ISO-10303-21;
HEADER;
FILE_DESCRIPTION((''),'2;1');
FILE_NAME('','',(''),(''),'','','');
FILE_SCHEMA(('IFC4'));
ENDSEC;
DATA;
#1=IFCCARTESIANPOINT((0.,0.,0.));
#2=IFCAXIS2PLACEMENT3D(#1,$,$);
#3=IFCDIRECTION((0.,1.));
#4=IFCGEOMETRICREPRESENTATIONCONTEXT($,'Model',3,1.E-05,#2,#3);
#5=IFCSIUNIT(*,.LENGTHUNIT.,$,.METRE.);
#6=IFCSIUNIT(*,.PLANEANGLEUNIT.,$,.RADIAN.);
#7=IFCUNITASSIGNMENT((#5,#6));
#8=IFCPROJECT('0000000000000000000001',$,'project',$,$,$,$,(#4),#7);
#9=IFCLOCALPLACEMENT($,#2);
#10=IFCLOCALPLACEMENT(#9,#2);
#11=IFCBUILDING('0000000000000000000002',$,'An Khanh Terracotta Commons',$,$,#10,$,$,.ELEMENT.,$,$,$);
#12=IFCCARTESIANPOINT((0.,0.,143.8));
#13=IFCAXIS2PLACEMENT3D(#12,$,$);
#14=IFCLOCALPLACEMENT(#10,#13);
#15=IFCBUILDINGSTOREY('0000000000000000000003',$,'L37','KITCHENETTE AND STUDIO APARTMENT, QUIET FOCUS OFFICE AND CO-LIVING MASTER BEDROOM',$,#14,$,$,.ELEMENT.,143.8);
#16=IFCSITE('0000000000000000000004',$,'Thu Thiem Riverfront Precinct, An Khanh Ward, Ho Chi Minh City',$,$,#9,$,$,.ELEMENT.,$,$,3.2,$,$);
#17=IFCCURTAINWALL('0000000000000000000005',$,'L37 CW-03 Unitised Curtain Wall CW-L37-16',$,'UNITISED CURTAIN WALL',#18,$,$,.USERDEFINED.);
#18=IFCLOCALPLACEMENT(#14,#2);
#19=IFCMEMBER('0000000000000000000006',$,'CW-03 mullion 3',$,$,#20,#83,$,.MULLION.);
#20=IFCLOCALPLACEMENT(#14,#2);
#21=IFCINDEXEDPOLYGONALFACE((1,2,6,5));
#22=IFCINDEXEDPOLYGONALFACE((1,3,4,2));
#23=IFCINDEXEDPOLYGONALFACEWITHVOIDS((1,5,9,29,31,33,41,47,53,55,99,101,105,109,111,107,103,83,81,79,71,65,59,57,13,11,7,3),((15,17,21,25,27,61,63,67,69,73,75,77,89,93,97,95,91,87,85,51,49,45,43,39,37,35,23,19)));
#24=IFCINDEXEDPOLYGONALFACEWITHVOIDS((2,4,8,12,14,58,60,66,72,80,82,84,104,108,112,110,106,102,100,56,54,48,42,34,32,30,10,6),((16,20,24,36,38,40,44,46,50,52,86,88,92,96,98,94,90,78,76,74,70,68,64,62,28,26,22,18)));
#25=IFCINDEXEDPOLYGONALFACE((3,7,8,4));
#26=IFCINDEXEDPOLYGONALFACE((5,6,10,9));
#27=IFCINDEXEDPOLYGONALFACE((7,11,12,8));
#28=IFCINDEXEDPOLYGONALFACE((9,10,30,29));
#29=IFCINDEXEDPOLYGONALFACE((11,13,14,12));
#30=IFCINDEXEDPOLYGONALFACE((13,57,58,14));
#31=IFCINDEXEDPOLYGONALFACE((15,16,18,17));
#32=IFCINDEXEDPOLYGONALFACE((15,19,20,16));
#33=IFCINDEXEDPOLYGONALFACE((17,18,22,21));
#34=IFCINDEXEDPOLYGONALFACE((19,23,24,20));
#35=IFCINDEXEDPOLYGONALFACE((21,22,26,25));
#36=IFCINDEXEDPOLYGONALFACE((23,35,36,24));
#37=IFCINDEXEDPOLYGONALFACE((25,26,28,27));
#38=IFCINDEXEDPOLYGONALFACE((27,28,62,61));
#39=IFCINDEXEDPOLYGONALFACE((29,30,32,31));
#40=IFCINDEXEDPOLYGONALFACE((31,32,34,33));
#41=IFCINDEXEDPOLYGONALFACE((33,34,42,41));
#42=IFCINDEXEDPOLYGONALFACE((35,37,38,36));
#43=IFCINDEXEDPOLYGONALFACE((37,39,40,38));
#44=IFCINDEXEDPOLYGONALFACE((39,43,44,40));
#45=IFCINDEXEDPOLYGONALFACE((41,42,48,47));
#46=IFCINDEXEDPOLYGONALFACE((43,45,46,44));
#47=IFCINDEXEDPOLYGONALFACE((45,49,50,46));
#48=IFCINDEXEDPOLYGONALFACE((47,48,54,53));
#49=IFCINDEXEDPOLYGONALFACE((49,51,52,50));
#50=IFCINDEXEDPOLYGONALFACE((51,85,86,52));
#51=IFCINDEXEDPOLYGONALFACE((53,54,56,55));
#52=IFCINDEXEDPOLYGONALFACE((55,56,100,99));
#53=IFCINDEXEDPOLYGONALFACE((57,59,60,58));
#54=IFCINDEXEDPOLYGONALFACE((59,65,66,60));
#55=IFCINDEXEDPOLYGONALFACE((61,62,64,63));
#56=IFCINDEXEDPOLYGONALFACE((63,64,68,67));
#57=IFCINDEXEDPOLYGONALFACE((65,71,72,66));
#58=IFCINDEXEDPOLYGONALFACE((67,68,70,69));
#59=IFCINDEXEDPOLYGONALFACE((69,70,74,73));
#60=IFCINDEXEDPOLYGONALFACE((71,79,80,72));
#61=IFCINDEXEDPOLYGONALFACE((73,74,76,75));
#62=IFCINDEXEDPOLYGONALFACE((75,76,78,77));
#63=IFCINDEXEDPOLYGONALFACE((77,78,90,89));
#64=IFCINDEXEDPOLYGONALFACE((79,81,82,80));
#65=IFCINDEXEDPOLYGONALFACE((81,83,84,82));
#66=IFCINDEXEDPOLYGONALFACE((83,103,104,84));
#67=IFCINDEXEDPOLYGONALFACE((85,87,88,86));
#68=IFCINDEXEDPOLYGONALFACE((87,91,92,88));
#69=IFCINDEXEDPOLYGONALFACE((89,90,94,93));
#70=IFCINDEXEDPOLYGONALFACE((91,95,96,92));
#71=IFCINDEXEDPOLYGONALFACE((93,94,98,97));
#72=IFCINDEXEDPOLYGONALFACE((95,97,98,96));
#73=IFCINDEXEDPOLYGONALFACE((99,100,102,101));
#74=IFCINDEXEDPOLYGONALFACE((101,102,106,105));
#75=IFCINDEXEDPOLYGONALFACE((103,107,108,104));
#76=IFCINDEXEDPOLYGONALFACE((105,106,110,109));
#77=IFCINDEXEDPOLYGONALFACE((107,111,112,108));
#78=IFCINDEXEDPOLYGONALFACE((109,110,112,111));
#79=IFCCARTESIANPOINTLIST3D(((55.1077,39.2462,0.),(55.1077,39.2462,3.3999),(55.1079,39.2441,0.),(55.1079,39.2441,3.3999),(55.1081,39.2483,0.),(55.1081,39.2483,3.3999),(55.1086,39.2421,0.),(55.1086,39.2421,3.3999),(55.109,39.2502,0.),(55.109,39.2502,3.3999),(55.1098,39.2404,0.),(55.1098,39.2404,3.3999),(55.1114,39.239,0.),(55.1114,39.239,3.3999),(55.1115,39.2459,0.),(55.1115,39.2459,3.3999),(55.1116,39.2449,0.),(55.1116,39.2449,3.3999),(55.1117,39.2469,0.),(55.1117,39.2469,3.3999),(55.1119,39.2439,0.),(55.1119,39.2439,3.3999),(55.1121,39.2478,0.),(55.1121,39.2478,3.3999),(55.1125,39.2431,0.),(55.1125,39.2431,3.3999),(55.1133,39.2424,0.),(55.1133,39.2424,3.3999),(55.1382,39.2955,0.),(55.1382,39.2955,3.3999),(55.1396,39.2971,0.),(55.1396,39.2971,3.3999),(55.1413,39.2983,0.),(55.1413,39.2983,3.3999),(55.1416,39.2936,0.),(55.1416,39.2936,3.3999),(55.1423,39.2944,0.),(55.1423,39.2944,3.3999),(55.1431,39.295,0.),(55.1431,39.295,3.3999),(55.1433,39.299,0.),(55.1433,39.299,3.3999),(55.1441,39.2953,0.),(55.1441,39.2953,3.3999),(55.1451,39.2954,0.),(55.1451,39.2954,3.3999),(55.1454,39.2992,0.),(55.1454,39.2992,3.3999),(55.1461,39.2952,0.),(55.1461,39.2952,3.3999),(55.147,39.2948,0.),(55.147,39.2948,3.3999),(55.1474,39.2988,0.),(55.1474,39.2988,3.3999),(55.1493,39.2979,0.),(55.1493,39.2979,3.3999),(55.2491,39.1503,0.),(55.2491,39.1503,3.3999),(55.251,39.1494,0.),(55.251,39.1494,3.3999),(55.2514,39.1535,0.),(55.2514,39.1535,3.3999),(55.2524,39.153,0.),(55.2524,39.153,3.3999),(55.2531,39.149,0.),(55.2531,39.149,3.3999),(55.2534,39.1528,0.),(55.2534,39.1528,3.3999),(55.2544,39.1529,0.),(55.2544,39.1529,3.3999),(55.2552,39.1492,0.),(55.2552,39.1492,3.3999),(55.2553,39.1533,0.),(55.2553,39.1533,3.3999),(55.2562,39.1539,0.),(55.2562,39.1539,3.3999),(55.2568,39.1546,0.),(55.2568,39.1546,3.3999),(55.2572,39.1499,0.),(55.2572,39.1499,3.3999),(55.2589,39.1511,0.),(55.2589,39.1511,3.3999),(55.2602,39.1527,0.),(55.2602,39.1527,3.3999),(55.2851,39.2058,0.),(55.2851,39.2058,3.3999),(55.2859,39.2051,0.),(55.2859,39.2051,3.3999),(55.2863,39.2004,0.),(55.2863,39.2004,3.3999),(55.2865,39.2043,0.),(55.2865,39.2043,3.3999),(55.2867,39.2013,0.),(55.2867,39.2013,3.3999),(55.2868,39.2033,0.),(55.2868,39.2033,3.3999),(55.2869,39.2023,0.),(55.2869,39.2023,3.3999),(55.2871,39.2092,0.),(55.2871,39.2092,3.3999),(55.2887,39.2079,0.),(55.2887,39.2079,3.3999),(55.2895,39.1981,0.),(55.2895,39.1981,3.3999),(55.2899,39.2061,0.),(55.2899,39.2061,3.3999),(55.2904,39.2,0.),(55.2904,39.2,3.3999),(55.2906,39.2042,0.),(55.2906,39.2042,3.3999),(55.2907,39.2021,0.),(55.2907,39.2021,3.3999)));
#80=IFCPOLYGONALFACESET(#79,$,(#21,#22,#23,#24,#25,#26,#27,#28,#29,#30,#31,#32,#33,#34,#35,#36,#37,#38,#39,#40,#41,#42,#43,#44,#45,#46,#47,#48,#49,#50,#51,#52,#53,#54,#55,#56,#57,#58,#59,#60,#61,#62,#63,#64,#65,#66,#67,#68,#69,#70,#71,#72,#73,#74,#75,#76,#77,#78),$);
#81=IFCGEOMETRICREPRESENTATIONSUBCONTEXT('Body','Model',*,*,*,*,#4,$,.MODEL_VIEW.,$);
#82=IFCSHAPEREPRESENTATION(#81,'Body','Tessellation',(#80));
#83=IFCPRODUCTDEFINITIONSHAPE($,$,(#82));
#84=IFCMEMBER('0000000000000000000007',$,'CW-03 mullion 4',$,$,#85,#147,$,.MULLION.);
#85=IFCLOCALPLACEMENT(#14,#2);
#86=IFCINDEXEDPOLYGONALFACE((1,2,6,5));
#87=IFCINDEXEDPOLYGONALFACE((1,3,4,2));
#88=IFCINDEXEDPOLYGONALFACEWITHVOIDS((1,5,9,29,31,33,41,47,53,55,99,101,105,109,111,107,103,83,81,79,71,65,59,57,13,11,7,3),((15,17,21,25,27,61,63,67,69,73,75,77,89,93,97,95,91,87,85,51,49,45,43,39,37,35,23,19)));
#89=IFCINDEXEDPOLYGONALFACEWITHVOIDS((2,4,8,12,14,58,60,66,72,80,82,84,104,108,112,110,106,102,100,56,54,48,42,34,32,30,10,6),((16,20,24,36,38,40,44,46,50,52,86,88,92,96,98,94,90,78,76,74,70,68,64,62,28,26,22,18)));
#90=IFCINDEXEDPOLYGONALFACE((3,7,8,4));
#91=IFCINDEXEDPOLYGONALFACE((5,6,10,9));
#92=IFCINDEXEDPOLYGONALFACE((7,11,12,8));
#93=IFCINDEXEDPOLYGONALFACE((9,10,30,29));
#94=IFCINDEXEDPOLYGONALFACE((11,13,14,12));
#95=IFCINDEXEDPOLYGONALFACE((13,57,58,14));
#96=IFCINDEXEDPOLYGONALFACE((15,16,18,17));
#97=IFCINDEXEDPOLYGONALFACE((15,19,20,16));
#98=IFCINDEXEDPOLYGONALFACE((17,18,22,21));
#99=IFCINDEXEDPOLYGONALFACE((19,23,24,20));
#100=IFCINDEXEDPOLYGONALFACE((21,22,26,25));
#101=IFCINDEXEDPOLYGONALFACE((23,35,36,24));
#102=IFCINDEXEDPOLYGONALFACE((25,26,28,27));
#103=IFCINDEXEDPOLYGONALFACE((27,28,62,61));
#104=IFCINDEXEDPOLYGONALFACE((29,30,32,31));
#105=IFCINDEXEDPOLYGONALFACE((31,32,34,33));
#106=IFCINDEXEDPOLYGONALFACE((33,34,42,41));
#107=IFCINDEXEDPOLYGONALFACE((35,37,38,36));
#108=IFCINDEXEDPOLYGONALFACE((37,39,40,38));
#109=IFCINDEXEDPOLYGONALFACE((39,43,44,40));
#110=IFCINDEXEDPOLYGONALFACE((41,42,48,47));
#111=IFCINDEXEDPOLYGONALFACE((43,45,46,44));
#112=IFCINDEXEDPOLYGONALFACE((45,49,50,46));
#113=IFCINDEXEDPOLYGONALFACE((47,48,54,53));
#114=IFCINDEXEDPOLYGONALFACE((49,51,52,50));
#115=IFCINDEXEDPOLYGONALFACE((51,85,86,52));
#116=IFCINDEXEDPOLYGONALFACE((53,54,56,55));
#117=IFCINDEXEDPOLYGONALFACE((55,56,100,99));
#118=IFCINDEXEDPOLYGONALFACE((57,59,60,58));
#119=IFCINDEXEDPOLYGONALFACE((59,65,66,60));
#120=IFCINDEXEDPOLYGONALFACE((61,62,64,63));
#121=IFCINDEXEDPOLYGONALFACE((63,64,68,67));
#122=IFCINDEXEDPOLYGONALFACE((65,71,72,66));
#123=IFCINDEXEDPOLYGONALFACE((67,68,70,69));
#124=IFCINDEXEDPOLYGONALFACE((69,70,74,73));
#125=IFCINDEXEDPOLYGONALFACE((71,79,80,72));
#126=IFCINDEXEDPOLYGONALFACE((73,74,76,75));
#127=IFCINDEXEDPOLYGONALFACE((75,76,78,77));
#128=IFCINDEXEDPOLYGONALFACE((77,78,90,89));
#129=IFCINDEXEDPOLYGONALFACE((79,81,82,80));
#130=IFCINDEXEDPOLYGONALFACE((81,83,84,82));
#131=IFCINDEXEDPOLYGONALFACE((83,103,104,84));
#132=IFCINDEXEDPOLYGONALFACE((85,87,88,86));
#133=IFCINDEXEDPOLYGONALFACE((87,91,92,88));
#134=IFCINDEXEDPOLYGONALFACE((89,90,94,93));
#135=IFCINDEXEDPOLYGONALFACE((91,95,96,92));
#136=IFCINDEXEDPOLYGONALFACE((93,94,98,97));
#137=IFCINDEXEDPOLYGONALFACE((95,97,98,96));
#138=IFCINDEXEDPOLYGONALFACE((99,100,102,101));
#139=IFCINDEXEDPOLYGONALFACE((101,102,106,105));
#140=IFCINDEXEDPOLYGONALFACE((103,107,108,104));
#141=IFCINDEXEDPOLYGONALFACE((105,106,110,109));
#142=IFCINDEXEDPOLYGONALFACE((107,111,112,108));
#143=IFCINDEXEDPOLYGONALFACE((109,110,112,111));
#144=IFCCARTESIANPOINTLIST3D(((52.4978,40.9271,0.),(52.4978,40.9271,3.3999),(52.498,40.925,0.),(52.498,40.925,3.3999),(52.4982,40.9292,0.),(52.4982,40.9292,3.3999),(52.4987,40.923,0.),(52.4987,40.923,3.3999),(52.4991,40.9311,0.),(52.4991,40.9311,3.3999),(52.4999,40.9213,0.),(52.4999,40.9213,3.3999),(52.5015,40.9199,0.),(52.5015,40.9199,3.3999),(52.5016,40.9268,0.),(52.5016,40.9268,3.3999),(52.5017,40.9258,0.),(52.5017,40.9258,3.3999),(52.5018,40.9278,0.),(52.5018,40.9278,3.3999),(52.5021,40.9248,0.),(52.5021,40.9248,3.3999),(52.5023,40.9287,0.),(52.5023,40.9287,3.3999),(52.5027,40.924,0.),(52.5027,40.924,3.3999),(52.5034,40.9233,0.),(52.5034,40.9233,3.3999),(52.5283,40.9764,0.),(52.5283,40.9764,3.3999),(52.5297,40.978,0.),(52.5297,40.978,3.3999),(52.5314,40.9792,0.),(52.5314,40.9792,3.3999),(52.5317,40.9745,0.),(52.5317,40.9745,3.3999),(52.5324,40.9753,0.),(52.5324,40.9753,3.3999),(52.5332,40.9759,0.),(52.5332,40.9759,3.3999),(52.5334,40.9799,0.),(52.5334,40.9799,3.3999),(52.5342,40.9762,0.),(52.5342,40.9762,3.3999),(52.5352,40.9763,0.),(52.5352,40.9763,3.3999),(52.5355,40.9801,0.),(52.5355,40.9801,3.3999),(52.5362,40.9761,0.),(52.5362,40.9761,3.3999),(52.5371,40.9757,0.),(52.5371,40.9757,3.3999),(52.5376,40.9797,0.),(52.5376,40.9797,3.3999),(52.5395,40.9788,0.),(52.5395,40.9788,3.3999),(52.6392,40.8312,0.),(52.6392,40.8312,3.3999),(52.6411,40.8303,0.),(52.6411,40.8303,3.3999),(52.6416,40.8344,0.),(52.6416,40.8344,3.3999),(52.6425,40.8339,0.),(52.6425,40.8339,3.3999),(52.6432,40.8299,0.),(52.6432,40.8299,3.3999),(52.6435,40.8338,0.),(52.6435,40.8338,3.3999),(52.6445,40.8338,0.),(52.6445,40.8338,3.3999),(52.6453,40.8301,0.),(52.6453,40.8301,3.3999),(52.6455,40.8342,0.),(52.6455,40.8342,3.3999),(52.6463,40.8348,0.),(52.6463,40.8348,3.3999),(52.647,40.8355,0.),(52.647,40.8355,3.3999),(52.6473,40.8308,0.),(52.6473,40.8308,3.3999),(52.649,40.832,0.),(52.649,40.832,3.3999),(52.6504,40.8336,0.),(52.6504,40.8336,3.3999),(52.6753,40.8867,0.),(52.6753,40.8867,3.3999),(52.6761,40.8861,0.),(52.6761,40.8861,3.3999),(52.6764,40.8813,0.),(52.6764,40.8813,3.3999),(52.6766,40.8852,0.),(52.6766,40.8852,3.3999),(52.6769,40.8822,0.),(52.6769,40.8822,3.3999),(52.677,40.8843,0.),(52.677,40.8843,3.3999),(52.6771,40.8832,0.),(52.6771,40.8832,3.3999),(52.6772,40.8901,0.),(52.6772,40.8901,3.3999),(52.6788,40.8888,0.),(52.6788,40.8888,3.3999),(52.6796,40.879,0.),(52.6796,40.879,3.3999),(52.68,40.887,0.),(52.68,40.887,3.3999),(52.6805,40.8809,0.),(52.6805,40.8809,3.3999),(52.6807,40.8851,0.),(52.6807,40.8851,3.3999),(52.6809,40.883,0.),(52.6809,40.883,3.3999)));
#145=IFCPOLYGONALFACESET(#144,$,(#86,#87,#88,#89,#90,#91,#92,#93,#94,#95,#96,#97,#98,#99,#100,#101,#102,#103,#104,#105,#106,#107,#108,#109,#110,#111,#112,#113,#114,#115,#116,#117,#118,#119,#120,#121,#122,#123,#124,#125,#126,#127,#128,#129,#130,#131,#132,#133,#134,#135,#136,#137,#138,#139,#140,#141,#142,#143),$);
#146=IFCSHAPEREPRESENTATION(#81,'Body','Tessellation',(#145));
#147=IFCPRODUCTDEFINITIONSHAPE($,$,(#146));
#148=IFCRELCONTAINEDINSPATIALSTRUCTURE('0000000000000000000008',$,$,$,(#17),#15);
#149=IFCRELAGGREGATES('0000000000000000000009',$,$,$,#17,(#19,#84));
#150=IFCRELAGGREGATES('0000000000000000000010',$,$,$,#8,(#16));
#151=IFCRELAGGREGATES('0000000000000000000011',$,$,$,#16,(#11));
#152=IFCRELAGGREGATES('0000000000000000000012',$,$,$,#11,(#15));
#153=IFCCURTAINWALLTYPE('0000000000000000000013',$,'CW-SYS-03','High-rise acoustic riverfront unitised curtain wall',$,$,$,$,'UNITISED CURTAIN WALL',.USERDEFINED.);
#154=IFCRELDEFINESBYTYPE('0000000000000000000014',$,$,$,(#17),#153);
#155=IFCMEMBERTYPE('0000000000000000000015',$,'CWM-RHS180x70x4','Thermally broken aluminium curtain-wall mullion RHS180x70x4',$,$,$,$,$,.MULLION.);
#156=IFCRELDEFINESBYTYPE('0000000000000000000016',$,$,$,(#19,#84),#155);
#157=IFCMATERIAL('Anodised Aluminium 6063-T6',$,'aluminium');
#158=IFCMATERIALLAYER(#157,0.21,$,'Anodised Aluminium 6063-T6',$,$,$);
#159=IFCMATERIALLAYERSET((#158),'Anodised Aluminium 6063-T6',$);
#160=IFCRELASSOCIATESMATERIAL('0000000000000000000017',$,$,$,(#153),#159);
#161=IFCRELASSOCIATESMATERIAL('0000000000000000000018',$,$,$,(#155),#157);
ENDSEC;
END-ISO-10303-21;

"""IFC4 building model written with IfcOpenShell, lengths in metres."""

from ifc_helpers import new_model, si_unit, direction, frame, origin, origin_2d, place, context, subcontext, project, spatial, hollow_rectangle, extrude, material, layer, layer_set, material_profile, profile_set, type_object, element, aggregate, save


model = new_model("IFC4")

# Units and contexts
model_context = context("Model", 3, precision=1e-05, world=origin(), true_north=direction((0.0, 1.0)))
body_context = subcontext(model_context, "Body", "Model", "MODEL_VIEW")
ifc_project = project(units=[si_unit("LENGTHUNIT", "METRE"), si_unit("PLANEANGLEUNIT", "RADIAN")], contexts=[model_context])

# Site, building, storey
site_placement = place(None, origin())
site = spatial("IfcSite", under=ifc_project, at=site_placement, Name="Thu Thiem Riverfront Precinct, An Khanh Ward, Ho Chi Minh City", CompositionType="ELEMENT", RefElevation=3.2)
building_placement = place(site_placement, origin())
building = spatial("IfcBuilding", under=site, at=building_placement, Name="An Khanh Terracotta Commons", CompositionType="ELEMENT")
storey_placement = place(building_placement, frame((0.0, 0.0, 143.8)))
storey = spatial("IfcBuildingStorey", under=building, at=storey_placement, Name="L37", Description="KITCHENETTE AND STUDIO APARTMENT, QUIET FOCUS OFFICE AND CO-LIVING MASTER BEDROOM", CompositionType="ELEMENT", Elevation=143.8)

# Curtain wall, members
ifc_material_1 = material(Name="Anodised Aluminium 6063-T6", Category="aluminium")
ifc_layer_1 = layer(ifc_material_1, 0.21, Name="Anodised Aluminium 6063-T6")
ifc_layer_set_1 = layer_set([ifc_layer_1], Name="Anodised Aluminium 6063-T6")
curtain_wall_type = type_object("IfcCurtainWallType", Name="CW-SYS-03", Description="High-rise acoustic riverfront unitised curtain wall", ElementType="UNITISED CURTAIN WALL", PredefinedType="USERDEFINED", material=ifc_layer_set_1)
curtain_wall_placement = place(storey_placement, origin())
curtain_wall = element("IfcCurtainWall", 1, at=curtain_wall_placement, inside=storey, type_object=curtain_wall_type, Name="L37 CW-03 Unitised Curtain Wall CW-L37-16", ObjectType="UNITISED CURTAIN WALL", PredefinedType="USERDEFINED")
ifc_material_profile_1 = material_profile(ifc_material_1, hollow_rectangle(XDim=0.0701, YDim=0.1799, WallThickness=0.0039, InnerFilletRadius=0.0039, OuterFilletRadius=0.0081, at=origin_2d()), Name="RHS180x70x4")
ifc_profile_set_1 = profile_set([ifc_material_profile_1], Name="Anodised Aluminium 6063-T6")
member_type_1 = type_object("IfcMemberType", Name="CWM-RHS180x70x4", Description="Thermally broken aluminium curtain-wall mullion RHS180x70x4", PredefinedType="MULLION", material=ifc_profile_set_1)
member_1_placement = place(storey_placement, frame((55.1992, 39.2241, 0.0), z_axis=(0.0, 0.0, 1.0), x_axis=(-0.541498, -0.840702, 0.0)))
member_1 = element("IfcMember", 2, at=member_1_placement, type_object=member_type_1, Name="CW-03 mullion 3", PredefinedType="MULLION", context=body_context, shape_type="SweptSolid", body=[
    extrude(hollow_rectangle(XDim=0.0701, YDim=0.1799, WallThickness=0.0039, InnerFilletRadius=0.0039, OuterFilletRadius=0.0081, at=origin_2d()), origin(), (0.0, 0.0, 1.0), 3.3999),
])
member_2_placement = place(storey_placement, frame((52.5894, 40.905, 0.0), z_axis=(0.0, 0.0, 1.0), x_axis=(-0.541498, -0.840702, 0.0)))
member_2 = element("IfcMember", 3, at=member_2_placement, type_object=member_type_1, Name="CW-03 mullion 4", PredefinedType="MULLION", context=body_context, shape_type="SweptSolid", body=[
    extrude(hollow_rectangle(XDim=0.0701, YDim=0.1799, WallThickness=0.0039, InnerFilletRadius=0.0039, OuterFilletRadius=0.0081, at=origin_2d()), origin(), (0.0, 0.0, 1.0), 3.3999),
])
aggregate(curtain_wall, [member_1, member_2])

save(model, "model.ifc")
